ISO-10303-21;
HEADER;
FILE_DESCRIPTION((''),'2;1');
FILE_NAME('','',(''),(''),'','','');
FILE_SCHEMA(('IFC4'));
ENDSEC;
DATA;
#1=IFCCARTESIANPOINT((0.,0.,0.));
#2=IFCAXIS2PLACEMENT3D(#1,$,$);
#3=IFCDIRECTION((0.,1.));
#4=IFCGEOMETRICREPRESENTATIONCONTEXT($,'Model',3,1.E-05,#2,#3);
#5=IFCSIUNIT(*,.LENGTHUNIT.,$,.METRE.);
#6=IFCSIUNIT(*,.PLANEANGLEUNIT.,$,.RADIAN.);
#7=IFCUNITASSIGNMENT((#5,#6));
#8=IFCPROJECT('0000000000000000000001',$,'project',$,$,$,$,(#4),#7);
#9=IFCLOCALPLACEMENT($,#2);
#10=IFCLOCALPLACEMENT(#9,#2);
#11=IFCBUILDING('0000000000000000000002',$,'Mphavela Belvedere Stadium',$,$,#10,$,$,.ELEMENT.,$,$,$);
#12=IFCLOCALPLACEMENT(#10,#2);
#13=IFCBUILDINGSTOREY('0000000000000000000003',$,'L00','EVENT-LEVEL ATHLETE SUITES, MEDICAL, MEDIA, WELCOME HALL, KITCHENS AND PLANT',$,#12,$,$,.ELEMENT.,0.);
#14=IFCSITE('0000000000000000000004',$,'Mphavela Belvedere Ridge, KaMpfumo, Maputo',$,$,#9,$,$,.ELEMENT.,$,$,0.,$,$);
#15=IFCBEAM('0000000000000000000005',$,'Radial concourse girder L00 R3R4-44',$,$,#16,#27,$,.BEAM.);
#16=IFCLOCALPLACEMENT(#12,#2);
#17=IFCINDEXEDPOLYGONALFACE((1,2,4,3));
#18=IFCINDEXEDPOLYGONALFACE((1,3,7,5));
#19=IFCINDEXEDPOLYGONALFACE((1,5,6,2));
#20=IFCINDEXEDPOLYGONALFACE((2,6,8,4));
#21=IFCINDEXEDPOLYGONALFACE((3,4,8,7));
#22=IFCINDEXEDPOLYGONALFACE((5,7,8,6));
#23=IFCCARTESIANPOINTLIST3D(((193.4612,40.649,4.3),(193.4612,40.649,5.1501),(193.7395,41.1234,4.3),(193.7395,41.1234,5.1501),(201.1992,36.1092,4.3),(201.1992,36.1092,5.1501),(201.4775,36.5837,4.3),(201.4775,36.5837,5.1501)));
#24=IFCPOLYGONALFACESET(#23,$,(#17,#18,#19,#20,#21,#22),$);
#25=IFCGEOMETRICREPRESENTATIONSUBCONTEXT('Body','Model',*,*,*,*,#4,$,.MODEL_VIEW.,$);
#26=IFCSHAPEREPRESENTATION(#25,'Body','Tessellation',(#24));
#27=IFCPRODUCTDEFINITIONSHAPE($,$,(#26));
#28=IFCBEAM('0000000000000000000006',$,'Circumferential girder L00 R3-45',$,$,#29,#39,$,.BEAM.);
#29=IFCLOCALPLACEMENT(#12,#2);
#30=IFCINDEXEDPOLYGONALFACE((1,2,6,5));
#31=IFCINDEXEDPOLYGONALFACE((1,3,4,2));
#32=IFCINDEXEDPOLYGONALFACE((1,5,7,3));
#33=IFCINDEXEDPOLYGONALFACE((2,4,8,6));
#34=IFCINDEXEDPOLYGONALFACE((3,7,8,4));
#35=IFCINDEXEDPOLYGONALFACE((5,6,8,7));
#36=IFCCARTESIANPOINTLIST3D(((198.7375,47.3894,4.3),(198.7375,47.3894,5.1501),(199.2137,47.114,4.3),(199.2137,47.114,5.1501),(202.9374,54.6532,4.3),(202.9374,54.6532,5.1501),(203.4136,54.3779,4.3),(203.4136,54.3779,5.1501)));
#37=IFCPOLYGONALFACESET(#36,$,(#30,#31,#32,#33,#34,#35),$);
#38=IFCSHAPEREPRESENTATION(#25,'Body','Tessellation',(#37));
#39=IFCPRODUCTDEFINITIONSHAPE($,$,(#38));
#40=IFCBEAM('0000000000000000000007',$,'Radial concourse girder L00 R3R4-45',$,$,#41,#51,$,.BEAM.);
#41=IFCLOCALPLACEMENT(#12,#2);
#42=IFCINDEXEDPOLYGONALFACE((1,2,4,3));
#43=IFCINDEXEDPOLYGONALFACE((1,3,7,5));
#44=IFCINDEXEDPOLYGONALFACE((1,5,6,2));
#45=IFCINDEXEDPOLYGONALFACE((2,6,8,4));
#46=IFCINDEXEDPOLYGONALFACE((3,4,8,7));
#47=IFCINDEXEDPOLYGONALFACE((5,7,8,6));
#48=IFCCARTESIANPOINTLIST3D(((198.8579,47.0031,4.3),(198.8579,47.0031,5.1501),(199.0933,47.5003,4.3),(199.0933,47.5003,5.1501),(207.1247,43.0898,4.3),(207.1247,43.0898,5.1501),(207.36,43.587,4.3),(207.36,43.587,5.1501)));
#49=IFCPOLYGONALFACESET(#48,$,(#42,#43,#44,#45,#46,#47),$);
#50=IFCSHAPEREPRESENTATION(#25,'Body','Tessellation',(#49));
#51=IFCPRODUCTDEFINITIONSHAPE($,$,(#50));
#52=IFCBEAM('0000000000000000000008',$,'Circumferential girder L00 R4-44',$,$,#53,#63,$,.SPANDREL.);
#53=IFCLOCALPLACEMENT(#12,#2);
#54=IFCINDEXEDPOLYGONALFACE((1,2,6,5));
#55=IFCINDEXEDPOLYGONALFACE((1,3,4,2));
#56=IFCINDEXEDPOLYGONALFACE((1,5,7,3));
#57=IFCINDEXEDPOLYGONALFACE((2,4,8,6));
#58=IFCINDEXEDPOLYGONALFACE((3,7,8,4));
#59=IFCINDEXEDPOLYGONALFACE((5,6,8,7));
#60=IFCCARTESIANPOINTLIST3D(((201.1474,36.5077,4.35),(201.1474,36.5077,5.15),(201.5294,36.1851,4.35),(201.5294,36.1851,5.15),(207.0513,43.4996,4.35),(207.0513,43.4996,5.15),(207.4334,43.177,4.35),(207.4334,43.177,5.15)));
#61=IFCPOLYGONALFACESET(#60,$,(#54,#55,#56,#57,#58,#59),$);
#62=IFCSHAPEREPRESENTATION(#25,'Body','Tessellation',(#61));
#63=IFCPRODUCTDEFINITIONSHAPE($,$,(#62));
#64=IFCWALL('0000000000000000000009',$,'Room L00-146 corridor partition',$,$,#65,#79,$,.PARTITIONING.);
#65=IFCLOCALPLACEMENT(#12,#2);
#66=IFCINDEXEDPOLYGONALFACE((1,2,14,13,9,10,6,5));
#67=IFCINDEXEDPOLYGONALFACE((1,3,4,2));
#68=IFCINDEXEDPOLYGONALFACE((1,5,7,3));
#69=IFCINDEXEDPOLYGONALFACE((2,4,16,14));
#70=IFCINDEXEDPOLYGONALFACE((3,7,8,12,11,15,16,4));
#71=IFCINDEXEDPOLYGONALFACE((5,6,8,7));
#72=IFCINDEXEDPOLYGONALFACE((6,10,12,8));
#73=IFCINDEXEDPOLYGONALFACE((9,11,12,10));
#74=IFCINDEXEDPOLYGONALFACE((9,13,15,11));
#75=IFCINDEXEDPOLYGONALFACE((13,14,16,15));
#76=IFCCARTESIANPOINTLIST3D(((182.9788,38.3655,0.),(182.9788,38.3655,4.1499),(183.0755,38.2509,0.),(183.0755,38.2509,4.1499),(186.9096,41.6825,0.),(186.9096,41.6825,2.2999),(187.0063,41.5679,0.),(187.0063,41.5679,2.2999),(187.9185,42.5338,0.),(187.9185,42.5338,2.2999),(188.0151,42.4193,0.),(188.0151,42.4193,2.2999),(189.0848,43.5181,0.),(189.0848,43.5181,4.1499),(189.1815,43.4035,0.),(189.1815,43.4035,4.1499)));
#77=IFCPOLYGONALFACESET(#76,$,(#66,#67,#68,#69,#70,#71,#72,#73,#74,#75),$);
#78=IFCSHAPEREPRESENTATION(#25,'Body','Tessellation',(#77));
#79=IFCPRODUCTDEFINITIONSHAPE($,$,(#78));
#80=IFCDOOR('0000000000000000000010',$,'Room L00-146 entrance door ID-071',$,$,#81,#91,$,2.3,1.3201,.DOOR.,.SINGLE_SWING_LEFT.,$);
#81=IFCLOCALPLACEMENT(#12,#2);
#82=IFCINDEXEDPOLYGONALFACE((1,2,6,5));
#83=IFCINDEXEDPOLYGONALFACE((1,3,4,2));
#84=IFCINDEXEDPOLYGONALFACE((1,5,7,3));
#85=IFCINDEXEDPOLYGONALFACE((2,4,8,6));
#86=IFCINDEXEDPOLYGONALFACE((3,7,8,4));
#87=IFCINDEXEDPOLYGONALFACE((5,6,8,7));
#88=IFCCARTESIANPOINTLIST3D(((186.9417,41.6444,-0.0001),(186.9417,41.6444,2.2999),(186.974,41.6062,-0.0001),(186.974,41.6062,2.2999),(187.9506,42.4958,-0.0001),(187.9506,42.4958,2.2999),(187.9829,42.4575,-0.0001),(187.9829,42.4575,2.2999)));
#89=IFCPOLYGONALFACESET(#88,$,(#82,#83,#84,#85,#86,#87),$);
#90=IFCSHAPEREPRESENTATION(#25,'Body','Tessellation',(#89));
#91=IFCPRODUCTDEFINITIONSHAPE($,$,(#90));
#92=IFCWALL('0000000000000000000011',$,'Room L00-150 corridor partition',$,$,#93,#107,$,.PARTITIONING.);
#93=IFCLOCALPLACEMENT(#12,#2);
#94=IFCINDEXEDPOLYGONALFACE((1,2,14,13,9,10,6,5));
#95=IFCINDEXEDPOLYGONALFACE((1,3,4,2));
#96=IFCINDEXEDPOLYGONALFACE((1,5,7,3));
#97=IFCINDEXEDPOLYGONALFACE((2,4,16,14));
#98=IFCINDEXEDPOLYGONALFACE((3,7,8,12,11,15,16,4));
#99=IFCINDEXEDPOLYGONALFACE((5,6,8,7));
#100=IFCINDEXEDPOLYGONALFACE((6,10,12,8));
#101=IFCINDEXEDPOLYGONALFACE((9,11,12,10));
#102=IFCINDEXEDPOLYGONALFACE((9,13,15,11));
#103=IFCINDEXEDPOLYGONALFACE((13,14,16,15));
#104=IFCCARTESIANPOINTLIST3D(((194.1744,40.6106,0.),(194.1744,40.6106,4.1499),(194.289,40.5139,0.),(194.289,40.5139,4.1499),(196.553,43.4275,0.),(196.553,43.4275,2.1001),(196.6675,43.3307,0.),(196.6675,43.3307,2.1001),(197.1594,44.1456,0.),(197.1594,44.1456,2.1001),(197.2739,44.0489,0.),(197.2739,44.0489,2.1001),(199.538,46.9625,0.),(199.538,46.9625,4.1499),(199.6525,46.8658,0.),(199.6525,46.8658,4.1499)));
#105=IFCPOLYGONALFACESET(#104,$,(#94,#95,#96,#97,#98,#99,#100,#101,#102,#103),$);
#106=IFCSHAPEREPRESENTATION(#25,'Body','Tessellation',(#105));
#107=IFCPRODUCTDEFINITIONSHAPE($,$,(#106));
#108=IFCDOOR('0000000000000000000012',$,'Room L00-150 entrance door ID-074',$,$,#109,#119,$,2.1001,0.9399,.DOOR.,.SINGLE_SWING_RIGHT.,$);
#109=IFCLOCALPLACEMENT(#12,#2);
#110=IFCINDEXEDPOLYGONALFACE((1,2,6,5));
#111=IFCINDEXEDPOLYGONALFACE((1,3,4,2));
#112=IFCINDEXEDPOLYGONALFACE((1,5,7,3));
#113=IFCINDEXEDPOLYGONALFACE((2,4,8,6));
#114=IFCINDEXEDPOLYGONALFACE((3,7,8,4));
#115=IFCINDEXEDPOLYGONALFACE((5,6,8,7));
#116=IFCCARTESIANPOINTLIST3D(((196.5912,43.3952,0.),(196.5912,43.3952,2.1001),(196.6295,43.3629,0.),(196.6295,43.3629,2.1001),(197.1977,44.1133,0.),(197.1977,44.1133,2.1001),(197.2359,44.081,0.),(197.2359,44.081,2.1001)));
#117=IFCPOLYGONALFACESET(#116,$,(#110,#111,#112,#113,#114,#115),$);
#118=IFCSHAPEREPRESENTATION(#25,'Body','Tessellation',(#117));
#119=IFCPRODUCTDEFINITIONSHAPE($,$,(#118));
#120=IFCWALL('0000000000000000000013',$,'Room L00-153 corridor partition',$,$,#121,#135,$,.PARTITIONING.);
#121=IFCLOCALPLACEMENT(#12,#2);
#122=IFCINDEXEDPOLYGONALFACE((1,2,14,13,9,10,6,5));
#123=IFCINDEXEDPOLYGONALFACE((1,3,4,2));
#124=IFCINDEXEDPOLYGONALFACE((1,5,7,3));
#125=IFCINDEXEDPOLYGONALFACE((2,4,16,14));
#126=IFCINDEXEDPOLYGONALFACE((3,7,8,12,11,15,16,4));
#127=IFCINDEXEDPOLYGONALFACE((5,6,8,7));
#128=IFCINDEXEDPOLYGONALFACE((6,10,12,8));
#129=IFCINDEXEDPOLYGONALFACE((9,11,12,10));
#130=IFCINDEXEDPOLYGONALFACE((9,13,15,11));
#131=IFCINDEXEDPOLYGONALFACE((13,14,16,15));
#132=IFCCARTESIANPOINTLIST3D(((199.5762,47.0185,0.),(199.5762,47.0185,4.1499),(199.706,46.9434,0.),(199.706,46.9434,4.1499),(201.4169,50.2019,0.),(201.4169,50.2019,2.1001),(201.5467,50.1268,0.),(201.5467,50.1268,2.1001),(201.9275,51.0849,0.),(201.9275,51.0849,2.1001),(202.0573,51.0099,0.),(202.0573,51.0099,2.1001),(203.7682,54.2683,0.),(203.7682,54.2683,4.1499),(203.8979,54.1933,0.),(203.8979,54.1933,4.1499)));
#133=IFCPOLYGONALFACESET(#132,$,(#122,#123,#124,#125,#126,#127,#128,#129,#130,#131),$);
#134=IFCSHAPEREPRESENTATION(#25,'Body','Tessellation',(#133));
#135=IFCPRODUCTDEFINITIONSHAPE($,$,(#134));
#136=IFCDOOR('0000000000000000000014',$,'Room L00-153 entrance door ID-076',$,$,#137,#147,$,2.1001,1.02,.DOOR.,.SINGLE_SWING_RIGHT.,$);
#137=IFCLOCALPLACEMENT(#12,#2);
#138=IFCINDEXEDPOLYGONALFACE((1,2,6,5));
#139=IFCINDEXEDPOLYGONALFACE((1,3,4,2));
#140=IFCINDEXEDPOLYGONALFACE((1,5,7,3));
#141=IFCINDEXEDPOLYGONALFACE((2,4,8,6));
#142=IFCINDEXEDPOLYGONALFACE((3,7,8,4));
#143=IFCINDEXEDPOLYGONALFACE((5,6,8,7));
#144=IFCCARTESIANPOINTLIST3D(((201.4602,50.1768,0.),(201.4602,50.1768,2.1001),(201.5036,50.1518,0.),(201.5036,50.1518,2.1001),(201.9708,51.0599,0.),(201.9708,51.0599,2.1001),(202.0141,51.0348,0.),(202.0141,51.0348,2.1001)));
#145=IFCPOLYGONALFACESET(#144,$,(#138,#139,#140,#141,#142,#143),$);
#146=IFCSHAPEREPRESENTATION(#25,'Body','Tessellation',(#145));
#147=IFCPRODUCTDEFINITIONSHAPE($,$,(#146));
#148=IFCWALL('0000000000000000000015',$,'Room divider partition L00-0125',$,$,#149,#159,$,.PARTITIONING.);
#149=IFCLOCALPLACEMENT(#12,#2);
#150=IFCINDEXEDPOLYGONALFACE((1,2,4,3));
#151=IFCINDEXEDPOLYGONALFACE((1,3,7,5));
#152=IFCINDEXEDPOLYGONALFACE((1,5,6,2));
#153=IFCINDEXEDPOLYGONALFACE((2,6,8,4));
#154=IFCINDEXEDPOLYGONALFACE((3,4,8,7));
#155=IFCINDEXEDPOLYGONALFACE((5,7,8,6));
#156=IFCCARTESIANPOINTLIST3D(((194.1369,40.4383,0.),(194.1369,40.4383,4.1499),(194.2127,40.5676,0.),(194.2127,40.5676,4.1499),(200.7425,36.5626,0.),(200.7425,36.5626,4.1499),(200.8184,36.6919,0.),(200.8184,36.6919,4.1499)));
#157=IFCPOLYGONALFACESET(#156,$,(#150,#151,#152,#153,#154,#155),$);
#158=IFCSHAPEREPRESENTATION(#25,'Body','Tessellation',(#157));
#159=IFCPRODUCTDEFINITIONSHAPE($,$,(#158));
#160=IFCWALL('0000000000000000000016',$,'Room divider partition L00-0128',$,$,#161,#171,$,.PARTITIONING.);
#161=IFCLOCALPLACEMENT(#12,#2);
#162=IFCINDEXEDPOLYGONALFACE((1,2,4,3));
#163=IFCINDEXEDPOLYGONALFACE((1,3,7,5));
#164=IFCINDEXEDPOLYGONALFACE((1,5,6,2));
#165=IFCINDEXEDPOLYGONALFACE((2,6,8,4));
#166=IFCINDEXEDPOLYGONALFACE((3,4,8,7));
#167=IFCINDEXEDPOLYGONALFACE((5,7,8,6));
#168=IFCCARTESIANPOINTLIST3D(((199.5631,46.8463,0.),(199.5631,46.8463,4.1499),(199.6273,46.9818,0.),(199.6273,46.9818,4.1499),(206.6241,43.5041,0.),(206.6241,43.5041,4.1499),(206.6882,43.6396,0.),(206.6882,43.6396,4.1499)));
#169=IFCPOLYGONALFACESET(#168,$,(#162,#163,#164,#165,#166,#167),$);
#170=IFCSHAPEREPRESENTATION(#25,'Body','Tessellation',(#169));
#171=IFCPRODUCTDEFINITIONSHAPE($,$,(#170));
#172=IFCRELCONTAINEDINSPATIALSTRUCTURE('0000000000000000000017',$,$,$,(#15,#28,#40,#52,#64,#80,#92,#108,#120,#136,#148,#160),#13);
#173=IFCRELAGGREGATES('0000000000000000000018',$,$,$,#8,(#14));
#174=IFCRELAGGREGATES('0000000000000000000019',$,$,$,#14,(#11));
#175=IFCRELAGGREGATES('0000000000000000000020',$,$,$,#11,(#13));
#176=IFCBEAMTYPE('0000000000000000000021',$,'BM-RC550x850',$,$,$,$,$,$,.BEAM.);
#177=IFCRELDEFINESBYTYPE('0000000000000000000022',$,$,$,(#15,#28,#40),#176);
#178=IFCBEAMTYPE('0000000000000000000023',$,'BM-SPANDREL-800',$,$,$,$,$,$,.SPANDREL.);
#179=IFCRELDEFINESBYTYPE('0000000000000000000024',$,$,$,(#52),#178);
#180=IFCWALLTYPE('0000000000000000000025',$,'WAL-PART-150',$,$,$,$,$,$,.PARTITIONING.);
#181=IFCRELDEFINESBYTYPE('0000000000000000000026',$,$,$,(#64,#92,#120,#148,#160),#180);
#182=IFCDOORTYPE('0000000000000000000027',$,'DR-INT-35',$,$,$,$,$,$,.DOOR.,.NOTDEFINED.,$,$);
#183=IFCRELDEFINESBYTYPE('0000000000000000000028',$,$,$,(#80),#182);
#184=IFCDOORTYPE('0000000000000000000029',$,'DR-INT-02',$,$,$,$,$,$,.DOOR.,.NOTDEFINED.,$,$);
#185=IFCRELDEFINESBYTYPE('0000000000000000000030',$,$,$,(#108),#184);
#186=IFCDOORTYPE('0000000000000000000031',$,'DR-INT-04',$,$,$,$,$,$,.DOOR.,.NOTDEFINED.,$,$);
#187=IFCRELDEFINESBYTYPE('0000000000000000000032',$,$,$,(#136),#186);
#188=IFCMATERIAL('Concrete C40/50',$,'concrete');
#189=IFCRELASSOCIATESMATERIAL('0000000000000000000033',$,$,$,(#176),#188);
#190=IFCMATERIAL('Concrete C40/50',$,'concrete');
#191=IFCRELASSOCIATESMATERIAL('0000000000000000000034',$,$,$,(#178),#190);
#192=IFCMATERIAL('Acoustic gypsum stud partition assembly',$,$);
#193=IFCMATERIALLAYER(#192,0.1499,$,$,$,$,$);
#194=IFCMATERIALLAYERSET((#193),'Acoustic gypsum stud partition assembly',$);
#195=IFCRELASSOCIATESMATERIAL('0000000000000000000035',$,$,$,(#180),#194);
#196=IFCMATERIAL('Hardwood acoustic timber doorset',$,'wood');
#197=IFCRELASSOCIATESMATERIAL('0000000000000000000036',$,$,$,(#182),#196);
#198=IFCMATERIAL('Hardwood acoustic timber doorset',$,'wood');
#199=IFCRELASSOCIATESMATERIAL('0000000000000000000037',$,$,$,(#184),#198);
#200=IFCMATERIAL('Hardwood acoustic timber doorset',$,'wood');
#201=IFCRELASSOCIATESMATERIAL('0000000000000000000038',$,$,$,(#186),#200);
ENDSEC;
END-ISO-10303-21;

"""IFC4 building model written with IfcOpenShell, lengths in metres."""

from ifc_helpers import new_model, si_unit, direction, frame, frame_2d, origin, origin_2d, place, context, subcontext, project, spatial, rectangle, extrude, material, layer, layer_set, material_profile, profile_set, type_object, element, fill, save


model = new_model("IFC4")

# Units and contexts
model_context = context("Model", 3, precision=1e-05, world=origin(), true_north=direction((0.0, 1.0)))
body_context = subcontext(model_context, "Body", "Model", "MODEL_VIEW")
ifc_project = project(units=[si_unit("LENGTHUNIT", "METRE"), si_unit("PLANEANGLEUNIT", "RADIAN")], contexts=[model_context])

# Site, building, storey
site_placement = place(None, origin())
site = spatial("IfcSite", under=ifc_project, at=site_placement, Name="Mphavela Belvedere Ridge, KaMpfumo, Maputo", CompositionType="ELEMENT", RefElevation=0.0)
building_placement = place(site_placement, origin())
building = spatial("IfcBuilding", under=site, at=building_placement, Name="Mphavela Belvedere Stadium", CompositionType="ELEMENT")
storey_placement = place(building_placement, origin())
storey = spatial("IfcBuildingStorey", under=building, at=storey_placement, Name="L00", Description="EVENT-LEVEL ATHLETE SUITES, MEDICAL, MEDIA, WELCOME HALL, KITCHENS AND PLANT", CompositionType="ELEMENT", Elevation=0.0)

# Beams
ifc_material_1 = material(Name="Concrete C40/50", Category="concrete")
ifc_material_profile_1 = material_profile(ifc_material_1, rectangle(XDim=0.55, YDim=0.8501, at=origin_2d()), Name="RC 550x850")
ifc_profile_set_1 = profile_set([ifc_material_profile_1], Name="Concrete C40/50")
beam_type_1 = type_object("IfcBeamType", Name="BM-RC550x850", PredefinedType="BEAM", material=ifc_profile_set_1)
beam_1_placement = place(storey_placement, frame((193.6003, 40.8862, 4.7251), z_axis=(0.862518, -0.506027, 0.0), x_axis=(0.506027, 0.862518, 0.0)))
element("IfcBeam", 1, at=beam_1_placement, inside=storey, type_object=beam_type_1, Name="Radial concourse girder L00 R3R4-44", PredefinedType="BEAM", context=body_context, shape_type="SweptSolid", body=[
    extrude(rectangle(XDim=0.55, YDim=0.8501, at=origin_2d()), origin(), (0.0, 0.0, 1.0), 8.9714),
])
beam_2_placement = place(storey_placement, frame((198.9756, 47.2517, 4.7251), z_axis=(0.500548, 0.865709, 0.0), x_axis=(-0.865709, 0.500548, 0.0)))
element("IfcBeam", 2, at=beam_2_placement, inside=storey, type_object=beam_type_1, Name="Circumferential girder L00 R3-45", PredefinedType="BEAM", context=body_context, shape_type="SweptSolid", body=[
    extrude(rectangle(XDim=0.55, YDim=0.8501, at=origin_2d()), origin(), (0.0, 0.0, 1.0), 8.3906),
])
beam_3_placement = place(storey_placement, frame((198.9756, 47.2517, 4.7251), z_axis=(0.903845, -0.427859, 0.0), x_axis=(0.427859, 0.903845, 0.0)))
element("IfcBeam", 3, at=beam_3_placement, inside=storey, type_object=beam_type_1, Name="Radial concourse girder L00 R3R4-45", PredefinedType="BEAM", context=body_context, shape_type="SweptSolid", body=[
    extrude(rectangle(XDim=0.55, YDim=0.8501, at=origin_2d()), origin(), (0.0, 0.0, 1.0), 9.1462),
])
ifc_material_2 = material(Name="Concrete C40/50", Category="concrete")
ifc_material_profile_2 = material_profile(ifc_material_2, rectangle(XDim=0.5, YDim=0.8, at=origin_2d()), Name="RC 500x800")
ifc_profile_set_2 = profile_set([ifc_material_profile_2], Name="Concrete C40/50")
beam_type_2 = type_object("IfcBeamType", Name="BM-SPANDREL-800", PredefinedType="SPANDREL", material=ifc_profile_set_2)
beam_4_placement = place(storey_placement, frame((201.3384, 36.3464, 4.75), z_axis=(0.645165, 0.764044, 0.0), x_axis=(-0.764044, 0.645165, 0.0)))
element("IfcBeam", 4, at=beam_4_placement, inside=storey, type_object=beam_type_2, Name="Circumferential girder L00 R4-44", PredefinedType="SPANDREL", context=body_context, shape_type="SweptSolid", body=[
    extrude(rectangle(XDim=0.5, YDim=0.8, at=origin_2d()), origin(), (0.0, 0.0, 1.0), 9.1511),
])

# Walls, openings, doors
ifc_material_3 = material(Name="Acoustic gypsum stud partition assembly")
ifc_layer = layer(ifc_material_3, 0.1499)
ifc_layer_set = layer_set([ifc_layer], Name="Acoustic gypsum stud partition assembly")
wall_type = type_object("IfcWallType", Name="WAL-PART-150", PredefinedType="PARTITIONING", material=ifc_layer_set)
wall_1_placement = place(storey_placement, frame((189.1331, 43.4607, 0.0), z_axis=(0.0, 0.0, 1.0), x_axis=(-0.764249, -0.644921, 0.0)))
wall_1 = element("IfcWall", 5, at=wall_1_placement, inside=storey, type_object=wall_type, Name="Room L00-146 corridor partition", PredefinedType="PARTITIONING", context=body_context, shape_type="SweptSolid", body=[
    extrude(rectangle(XDim=7.9895, YDim=0.1499, at=frame_2d((3.9946, 0.0))), origin(), (0.0, 0.0, 1.0), 4.1499),
])
opening_1_placement = place(wall_1_placement, frame((1.5259, 0.0, 0.0)))
opening_1 = element("IfcOpeningElement", 6, at=opening_1_placement, cuts=wall_1, PredefinedType="OPENING", context=body_context, shape_type="SweptSolid", body=[
    extrude(rectangle(XDim=1.3201, YDim=2.3, at=frame_2d((0.6602, 1.1499))), frame((0.0, 0.085, 0.0), z_axis=(0.0, -1.0, 0.0), x_axis=(1.0, 0.0, 0.0)), (0.0, 0.0, 1.0), 0.1699),
])
ifc_material_4 = material(Name="Hardwood acoustic timber doorset", Category="wood")
door_type_1 = type_object("IfcDoorType", Name="DR-INT-35", OperationType="NOTDEFINED", PredefinedType="DOOR", material=ifc_material_4)
door_1_placement = place(opening_1_placement, origin())
door_1 = element("IfcDoor", 7, at=door_1_placement, inside=storey, type_object=door_type_1, Name="Room L00-146 entrance door ID-071", OperationType="SINGLE_SWING_LEFT", OverallHeight=2.3, OverallWidth=1.3201, PredefinedType="DOOR", context=body_context, shape_type="SweptSolid", body=[
    extrude(rectangle(XDim=1.3201, YDim=2.3, at=frame_2d((0.6602, 1.1499))), frame((0.0, 0.0249, 0.0), z_axis=(0.0, -1.0, 0.0), x_axis=(1.0, 0.0, 0.0)), (0.0, 0.0, 1.0), 0.05),
])
fill(opening_1, door_1)
wall_2_placement = place(storey_placement, frame((194.2317, 40.5623, 0.0), z_axis=(0.0, 0.0, 1.0), x_axis=(0.645165, 0.764043, 0.0)))
wall_2 = element("IfcWall", 8, at=wall_2_placement, inside=storey, type_object=wall_type, Name="Room L00-150 corridor partition", PredefinedType="PARTITIONING", context=body_context, shape_type="SweptSolid", body=[
    extrude(rectangle(XDim=8.3135, YDim=0.1499, at=frame_2d((4.1567, 0.0))), origin(), (0.0, 0.0, 1.0), 4.1499),
])
opening_2_placement = place(wall_2_placement, frame((3.6868, 0.0, 0.0)))
opening_2 = element("IfcOpeningElement", 9, at=opening_2_placement, cuts=wall_2, PredefinedType="OPENING", context=body_context, shape_type="SweptSolid", body=[
    extrude(rectangle(XDim=0.9399, YDim=2.1001, at=frame_2d((0.47, 1.05))), frame((0.0, 0.085, 0.0), z_axis=(0.0, -1.0, 0.0), x_axis=(1.0, 0.0, 0.0)), (0.0, 0.0, 1.0), 0.1699),
])
ifc_material_5 = material(Name="Hardwood acoustic timber doorset", Category="wood")
door_type_2 = type_object("IfcDoorType", Name="DR-INT-02", OperationType="NOTDEFINED", PredefinedType="DOOR", material=ifc_material_5)
door_2_placement = place(opening_2_placement, origin())
door_2 = element("IfcDoor", 10, at=door_2_placement, inside=storey, type_object=door_type_2, Name="Room L00-150 entrance door ID-074", OperationType="SINGLE_SWING_RIGHT", OverallHeight=2.1001, OverallWidth=0.9399, PredefinedType="DOOR", context=body_context, shape_type="SweptSolid", body=[
    extrude(rectangle(XDim=0.9399, YDim=2.1001, at=frame_2d((0.47, 1.05))), frame((0.0, 0.0249, 0.0), z_axis=(0.0, -1.0, 0.0), x_axis=(1.0, 0.0, 0.0)), (0.0, 0.0, 1.0), 0.05),
])
fill(opening_2, door_2)
wall_3_placement = place(storey_placement, frame((199.6411, 46.981, 0.0), z_axis=(0.0, 0.0, 1.0), x_axis=(0.500559, 0.865702, 0.0)))
wall_3 = element("IfcWall", 11, at=wall_3_placement, inside=storey, type_object=wall_type, Name="Room L00-153 corridor partition", PredefinedType="PARTITIONING", context=body_context, shape_type="SweptSolid", body=[
    extrude(rectangle(XDim=8.3745, YDim=0.1499, at=frame_2d((4.1873, 0.0))), origin(), (0.0, 0.0, 1.0), 4.1499),
])
opening_3_placement = place(wall_3_placement, frame((3.6772, 0.0, 0.0)))
opening_3 = element("IfcOpeningElement", 12, at=opening_3_placement, cuts=wall_3, PredefinedType="OPENING", context=body_context, shape_type="SweptSolid", body=[
    extrude(rectangle(XDim=1.02, YDim=2.1001, at=frame_2d((0.51, 1.05))), frame((0.0, 0.085, 0.0), z_axis=(0.0, -1.0, 0.0), x_axis=(1.0, 0.0, 0.0)), (0.0, 0.0, 1.0), 0.1699),
])
ifc_material_6 = material(Name="Hardwood acoustic timber doorset", Category="wood")
door_type_3 = type_object("IfcDoorType", Name="DR-INT-04", OperationType="NOTDEFINED", PredefinedType="DOOR", material=ifc_material_6)
door_3_placement = place(opening_3_placement, origin())
door_3 = element("IfcDoor", 13, at=door_3_placement, inside=storey, type_object=door_type_3, Name="Room L00-153 entrance door ID-076", OperationType="SINGLE_SWING_RIGHT", OverallHeight=2.1001, OverallWidth=1.02, PredefinedType="DOOR", context=body_context, shape_type="SweptSolid", body=[
    extrude(rectangle(XDim=1.02, YDim=2.1001, at=frame_2d((0.51, 1.05))), frame((0.0, 0.0249, 0.0), z_axis=(0.0, -1.0, 0.0), x_axis=(1.0, 0.0, 0.0)), (0.0, 0.0, 1.0), 0.05),
])
fill(opening_3, door_3)

# Walls
wall_4_placement = place(storey_placement, frame((194.1748, 40.5029, 0.0), z_axis=(0.0, 0.0, 1.0), x_axis=(0.862503, -0.506052, 0.0)))
element("IfcWall", 14, at=wall_4_placement, inside=storey, type_object=wall_type, Name="Room divider partition L00-0125", PredefinedType="PARTITIONING", context=body_context, shape_type="SweptSolid", body=[
    extrude(rectangle(XDim=7.6587, YDim=0.1499, at=frame_2d((3.8293, 0.0))), origin(), (0.0, 0.0, 1.0), 4.1499),
])
wall_5_placement = place(storey_placement, frame((199.5952, 46.9141, 0.0), z_axis=(0.0, 0.0, 1.0), x_axis=(0.903857, -0.427834, 0.0)))
element("IfcWall", 15, at=wall_5_placement, inside=storey, type_object=wall_type, Name="Room divider partition L00-0128", PredefinedType="PARTITIONING", context=body_context, shape_type="SweptSolid", body=[
    extrude(rectangle(XDim=7.812, YDim=0.1499, at=frame_2d((3.906, 0.0))), origin(), (0.0, 0.0, 1.0), 4.1499),
])

save(model, "model.ifc")
